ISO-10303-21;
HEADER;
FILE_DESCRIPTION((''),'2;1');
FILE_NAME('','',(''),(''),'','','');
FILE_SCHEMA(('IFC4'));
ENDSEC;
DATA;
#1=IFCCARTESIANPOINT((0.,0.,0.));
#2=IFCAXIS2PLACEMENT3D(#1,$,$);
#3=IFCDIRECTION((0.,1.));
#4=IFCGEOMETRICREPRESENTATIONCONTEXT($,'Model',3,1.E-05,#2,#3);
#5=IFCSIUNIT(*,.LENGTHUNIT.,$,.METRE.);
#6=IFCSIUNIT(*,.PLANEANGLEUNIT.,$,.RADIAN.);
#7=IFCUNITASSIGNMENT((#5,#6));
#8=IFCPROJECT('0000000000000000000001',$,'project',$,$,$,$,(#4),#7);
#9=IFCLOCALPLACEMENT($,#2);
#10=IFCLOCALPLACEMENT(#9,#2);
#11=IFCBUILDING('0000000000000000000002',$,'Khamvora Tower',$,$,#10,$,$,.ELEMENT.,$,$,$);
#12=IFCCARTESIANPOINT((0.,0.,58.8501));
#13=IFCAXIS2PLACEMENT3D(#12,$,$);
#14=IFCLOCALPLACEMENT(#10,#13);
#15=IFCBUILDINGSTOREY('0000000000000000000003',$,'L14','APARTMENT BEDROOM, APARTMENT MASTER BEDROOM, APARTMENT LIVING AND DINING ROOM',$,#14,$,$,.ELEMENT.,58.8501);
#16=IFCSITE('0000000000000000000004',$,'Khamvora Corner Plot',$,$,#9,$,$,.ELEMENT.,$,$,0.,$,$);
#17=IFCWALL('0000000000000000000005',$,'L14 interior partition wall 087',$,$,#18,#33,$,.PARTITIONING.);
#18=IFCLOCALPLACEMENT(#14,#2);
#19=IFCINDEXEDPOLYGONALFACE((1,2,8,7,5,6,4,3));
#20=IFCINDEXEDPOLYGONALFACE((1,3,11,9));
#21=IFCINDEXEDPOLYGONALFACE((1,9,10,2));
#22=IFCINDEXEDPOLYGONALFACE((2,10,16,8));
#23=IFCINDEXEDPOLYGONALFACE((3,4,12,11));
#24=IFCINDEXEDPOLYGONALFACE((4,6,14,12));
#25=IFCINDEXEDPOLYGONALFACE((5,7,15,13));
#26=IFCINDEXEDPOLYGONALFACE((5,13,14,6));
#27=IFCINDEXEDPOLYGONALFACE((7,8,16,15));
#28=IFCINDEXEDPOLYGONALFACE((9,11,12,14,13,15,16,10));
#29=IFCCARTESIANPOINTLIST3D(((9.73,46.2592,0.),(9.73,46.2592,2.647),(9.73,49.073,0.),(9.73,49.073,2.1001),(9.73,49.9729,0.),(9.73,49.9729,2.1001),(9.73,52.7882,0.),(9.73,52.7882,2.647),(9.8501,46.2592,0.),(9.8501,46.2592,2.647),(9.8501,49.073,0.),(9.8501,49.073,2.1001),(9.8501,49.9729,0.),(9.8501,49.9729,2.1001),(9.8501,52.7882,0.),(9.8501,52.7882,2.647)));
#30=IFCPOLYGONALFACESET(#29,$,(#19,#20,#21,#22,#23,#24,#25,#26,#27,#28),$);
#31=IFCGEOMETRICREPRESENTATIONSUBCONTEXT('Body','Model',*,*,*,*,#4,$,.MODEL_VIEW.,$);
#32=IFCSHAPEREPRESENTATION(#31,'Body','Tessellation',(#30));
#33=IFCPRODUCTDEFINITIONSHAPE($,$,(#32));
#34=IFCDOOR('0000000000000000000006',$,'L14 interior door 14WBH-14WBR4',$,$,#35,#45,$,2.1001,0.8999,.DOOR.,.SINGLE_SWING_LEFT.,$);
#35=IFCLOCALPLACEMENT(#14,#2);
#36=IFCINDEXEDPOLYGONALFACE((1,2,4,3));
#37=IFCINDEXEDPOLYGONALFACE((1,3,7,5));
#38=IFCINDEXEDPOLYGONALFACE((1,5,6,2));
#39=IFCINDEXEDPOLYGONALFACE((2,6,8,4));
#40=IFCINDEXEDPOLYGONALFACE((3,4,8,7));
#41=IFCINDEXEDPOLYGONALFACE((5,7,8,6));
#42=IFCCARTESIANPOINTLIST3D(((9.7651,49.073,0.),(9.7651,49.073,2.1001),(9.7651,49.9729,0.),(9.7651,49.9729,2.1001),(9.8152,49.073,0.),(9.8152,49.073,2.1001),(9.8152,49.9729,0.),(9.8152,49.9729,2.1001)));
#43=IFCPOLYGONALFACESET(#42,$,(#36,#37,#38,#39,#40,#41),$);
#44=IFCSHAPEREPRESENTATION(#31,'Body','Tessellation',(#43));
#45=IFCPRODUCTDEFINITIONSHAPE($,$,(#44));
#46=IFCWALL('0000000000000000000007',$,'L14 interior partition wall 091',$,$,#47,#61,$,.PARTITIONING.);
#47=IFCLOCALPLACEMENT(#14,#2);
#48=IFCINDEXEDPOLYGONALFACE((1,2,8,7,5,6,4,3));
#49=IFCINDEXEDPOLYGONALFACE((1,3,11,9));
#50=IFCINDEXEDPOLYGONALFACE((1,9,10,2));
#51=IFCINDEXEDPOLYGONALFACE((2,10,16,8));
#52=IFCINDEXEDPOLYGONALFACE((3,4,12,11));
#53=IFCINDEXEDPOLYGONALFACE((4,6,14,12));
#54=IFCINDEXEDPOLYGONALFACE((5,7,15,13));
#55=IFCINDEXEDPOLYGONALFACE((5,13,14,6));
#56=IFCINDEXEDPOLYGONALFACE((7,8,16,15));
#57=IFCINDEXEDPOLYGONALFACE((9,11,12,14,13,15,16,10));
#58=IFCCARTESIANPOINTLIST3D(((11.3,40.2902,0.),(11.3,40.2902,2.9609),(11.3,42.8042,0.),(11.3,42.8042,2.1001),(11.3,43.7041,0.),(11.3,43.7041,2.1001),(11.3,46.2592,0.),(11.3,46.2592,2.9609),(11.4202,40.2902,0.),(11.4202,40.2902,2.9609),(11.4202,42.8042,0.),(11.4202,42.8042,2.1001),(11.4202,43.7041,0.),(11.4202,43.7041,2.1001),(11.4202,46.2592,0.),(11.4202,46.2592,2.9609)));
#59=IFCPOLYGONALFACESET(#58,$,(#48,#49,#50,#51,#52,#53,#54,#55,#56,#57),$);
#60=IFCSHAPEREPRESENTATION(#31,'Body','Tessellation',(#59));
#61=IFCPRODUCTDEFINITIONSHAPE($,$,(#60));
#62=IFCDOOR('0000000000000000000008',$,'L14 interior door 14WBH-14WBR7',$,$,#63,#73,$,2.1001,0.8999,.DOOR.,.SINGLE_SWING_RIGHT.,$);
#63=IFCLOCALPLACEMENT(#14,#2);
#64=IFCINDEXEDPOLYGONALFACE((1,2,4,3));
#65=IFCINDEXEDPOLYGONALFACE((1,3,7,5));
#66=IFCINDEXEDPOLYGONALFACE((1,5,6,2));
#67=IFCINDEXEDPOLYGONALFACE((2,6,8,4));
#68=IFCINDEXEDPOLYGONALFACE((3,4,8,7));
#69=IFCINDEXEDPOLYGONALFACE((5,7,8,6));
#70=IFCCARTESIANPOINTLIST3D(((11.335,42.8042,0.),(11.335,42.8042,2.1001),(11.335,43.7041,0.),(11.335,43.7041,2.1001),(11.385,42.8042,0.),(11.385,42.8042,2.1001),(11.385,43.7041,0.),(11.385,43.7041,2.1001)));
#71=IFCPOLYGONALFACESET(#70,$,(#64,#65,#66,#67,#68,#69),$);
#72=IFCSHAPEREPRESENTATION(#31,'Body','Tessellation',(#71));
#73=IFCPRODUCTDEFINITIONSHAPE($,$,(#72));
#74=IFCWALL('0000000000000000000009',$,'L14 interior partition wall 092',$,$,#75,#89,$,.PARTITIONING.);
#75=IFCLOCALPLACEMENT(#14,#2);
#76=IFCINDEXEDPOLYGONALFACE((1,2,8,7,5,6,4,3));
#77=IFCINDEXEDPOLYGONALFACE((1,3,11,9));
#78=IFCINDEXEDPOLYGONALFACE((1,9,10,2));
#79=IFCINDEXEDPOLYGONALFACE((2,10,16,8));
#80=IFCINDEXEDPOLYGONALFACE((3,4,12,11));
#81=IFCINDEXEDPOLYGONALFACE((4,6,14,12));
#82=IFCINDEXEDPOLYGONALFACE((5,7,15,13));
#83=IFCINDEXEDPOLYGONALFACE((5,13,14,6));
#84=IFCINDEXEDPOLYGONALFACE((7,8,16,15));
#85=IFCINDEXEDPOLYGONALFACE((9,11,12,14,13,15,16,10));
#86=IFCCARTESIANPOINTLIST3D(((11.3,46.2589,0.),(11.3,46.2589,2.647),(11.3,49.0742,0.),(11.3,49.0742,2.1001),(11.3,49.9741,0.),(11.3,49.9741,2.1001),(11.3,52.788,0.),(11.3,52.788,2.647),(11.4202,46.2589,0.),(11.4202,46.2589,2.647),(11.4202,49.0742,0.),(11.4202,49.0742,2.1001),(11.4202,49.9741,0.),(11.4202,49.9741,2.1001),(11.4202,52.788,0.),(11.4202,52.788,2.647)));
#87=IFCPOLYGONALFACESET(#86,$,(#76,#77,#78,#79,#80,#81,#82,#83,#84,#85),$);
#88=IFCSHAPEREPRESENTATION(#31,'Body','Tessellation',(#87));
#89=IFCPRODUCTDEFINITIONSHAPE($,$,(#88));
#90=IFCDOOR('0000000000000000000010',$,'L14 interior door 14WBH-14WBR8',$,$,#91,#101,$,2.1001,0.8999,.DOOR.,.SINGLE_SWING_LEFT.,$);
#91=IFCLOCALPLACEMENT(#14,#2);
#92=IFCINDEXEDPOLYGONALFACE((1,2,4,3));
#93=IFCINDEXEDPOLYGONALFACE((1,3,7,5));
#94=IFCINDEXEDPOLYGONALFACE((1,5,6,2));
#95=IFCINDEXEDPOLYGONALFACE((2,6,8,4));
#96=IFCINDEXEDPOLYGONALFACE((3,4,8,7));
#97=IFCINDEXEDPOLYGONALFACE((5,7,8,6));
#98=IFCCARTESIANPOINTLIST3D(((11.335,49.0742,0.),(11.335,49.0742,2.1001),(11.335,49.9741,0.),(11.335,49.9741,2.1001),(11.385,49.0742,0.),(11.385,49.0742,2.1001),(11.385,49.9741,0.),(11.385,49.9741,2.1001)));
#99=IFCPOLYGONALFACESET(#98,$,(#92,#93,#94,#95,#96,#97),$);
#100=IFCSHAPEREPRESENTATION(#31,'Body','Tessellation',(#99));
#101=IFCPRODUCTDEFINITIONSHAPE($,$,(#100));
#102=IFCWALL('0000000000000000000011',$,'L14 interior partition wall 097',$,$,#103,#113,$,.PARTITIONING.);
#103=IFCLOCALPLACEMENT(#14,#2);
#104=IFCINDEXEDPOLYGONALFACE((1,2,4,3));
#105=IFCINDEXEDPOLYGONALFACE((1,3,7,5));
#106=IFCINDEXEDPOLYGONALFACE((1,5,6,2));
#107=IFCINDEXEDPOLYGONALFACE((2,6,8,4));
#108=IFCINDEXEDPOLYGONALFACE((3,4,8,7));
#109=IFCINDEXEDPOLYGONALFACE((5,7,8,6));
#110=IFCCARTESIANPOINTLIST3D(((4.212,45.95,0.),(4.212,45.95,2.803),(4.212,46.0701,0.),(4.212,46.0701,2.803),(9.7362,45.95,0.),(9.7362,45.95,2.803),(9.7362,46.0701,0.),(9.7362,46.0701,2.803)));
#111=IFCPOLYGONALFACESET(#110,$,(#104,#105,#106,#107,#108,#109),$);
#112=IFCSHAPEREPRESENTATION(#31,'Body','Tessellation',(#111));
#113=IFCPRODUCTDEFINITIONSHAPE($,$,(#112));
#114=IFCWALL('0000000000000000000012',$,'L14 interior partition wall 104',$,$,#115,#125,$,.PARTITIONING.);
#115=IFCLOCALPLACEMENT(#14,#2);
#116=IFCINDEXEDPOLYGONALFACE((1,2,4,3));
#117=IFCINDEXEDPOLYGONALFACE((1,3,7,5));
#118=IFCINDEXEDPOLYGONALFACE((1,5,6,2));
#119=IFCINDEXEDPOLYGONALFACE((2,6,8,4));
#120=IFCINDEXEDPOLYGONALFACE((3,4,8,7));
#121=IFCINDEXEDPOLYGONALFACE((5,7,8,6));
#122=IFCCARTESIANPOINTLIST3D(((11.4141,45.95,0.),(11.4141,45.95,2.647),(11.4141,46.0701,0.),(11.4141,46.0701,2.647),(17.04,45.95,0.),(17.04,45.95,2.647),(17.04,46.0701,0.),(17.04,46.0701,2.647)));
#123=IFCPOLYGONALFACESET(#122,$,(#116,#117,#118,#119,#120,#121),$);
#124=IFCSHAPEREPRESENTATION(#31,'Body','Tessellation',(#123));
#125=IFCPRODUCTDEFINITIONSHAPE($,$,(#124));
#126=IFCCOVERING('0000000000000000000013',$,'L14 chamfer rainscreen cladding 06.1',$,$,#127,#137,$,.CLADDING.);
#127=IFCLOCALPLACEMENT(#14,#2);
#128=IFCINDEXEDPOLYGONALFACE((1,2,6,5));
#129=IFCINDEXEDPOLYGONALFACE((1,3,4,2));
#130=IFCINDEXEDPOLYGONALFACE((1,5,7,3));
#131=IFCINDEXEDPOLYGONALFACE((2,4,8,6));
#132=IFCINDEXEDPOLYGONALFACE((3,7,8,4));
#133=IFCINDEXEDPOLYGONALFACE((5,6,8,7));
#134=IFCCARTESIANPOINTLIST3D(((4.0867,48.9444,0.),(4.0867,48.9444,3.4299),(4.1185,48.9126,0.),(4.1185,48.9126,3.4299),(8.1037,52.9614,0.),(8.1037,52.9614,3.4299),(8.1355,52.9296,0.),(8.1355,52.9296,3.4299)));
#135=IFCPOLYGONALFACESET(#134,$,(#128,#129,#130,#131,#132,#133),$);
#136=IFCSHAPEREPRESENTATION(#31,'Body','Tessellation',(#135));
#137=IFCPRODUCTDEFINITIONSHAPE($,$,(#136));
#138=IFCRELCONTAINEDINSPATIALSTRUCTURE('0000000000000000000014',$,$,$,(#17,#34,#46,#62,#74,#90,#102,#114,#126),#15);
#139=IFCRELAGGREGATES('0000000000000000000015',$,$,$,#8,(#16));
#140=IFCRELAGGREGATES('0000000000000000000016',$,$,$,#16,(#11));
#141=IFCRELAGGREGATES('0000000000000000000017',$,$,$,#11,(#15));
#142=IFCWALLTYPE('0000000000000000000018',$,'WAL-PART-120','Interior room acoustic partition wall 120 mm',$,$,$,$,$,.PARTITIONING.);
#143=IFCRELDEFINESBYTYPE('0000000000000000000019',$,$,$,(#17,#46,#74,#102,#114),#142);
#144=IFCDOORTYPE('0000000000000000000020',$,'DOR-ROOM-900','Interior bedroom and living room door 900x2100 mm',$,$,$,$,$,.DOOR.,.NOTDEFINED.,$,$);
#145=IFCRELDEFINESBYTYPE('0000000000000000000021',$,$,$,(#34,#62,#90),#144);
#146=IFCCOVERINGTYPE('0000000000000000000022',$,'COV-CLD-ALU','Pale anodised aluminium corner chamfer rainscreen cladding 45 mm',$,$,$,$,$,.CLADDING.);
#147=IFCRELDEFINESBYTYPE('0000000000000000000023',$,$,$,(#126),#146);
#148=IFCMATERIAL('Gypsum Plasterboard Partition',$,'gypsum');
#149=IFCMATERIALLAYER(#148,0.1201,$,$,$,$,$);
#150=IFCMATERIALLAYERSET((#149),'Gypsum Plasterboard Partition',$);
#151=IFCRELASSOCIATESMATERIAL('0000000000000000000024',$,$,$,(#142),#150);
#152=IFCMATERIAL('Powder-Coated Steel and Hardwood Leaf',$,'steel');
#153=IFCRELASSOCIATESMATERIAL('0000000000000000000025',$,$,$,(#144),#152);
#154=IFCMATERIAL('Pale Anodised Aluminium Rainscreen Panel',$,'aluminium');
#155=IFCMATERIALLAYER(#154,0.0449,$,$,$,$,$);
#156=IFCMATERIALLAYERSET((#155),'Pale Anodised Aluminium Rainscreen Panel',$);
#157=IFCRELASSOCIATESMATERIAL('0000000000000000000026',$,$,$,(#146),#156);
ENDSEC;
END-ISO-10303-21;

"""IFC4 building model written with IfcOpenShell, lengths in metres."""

from ifc_helpers import new_model, si_unit, direction, frame, frame_2d, origin, origin_2d, place, context, subcontext, project, spatial, rectangle, extrude, material, layer, layer_set, type_object, element, fill, save


model = new_model("IFC4")

# Units and contexts
model_context = context("Model", 3, precision=1e-05, world=origin(), true_north=direction((0.0, 1.0)))
body_context = subcontext(model_context, "Body", "Model", "MODEL_VIEW")
ifc_project = project(units=[si_unit("LENGTHUNIT", "METRE"), si_unit("PLANEANGLEUNIT", "RADIAN")], contexts=[model_context])

# Site, building, storey
site_placement = place(None, origin())
site = spatial("IfcSite", under=ifc_project, at=site_placement, Name="Khamvora Corner Plot", CompositionType="ELEMENT", RefElevation=0.0)
building_placement = place(site_placement, origin())
building = spatial("IfcBuilding", under=site, at=building_placement, Name="Khamvora Tower", CompositionType="ELEMENT")
storey_placement = place(building_placement, frame((0.0, 0.0, 58.8501)))
storey = spatial("IfcBuildingStorey", under=building, at=storey_placement, Name="L14", Description="APARTMENT BEDROOM, APARTMENT MASTER BEDROOM, APARTMENT LIVING AND DINING ROOM", CompositionType="ELEMENT", Elevation=58.8501)

# Walls, openings, doors
ifc_material_1 = material(Name="Gypsum Plasterboard Partition", Category="gypsum")
ifc_layer_1 = layer(ifc_material_1, 0.1201)
ifc_layer_set_1 = layer_set([ifc_layer_1], Name="Gypsum Plasterboard Partition")
wall_type_1 = type_object("IfcWallType", Name="WAL-PART-120", Description="Interior room acoustic partition wall 120 mm", PredefinedType="PARTITIONING", material=ifc_layer_set_1)
wall_1_placement = place(storey_placement, frame((9.79, 46.259, 0.0), z_axis=(0.0, 0.0, 1.0), x_axis=(0.0, 1.0, 0.0)))
wall_1 = element("IfcWall", 1, at=wall_1_placement, inside=storey, type_object=wall_type_1, Name="L14 interior partition wall 087", PredefinedType="PARTITIONING", context=body_context, shape_type="SweptSolid", body=[
    extrude(rectangle(XDim=6.5291, YDim=0.1201, at=frame_2d((3.2646, 0.0))), origin(), (0.0, 0.0, 1.0), 2.647),
])
opening_1_placement = place(wall_1_placement, frame((2.814, 0.0, 0.0)))
opening_1 = element("IfcOpeningElement", 2, at=opening_1_placement, cuts=wall_1, PredefinedType="OPENING", context=body_context, shape_type="SweptSolid", body=[
    extrude(rectangle(XDim=0.8999, YDim=2.1001, at=frame_2d((0.45, 1.05))), frame((0.0, 0.0701, 0.0), z_axis=(0.0, -1.0, 0.0), x_axis=(1.0, 0.0, 0.0)), (0.0, 0.0, 1.0), 0.1401),
])
ifc_material_2 = material(Name="Powder-Coated Steel and Hardwood Leaf", Category="steel")
door_type = type_object("IfcDoorType", Name="DOR-ROOM-900", Description="Interior bedroom and living room door 900x2100 mm", OperationType="NOTDEFINED", PredefinedType="DOOR", material=ifc_material_2)
door_1_placement = place(opening_1_placement, origin())
door_1 = element("IfcDoor", 3, at=door_1_placement, inside=storey, type_object=door_type, Name="L14 interior door 14WBH-14WBR4", OperationType="SINGLE_SWING_LEFT", OverallHeight=2.1001, OverallWidth=0.8999, PredefinedType="DOOR", context=body_context, shape_type="SweptSolid", body=[
    extrude(rectangle(XDim=0.8999, YDim=2.1001, at=frame_2d((0.45, 1.05))), frame((0.0, 0.0249, 0.0), z_axis=(0.0, -1.0, 0.0), x_axis=(1.0, 0.0, 0.0)), (0.0, 0.0, 1.0), 0.05),
])
fill(opening_1, door_1)
wall_2_placement = place(storey_placement, frame((11.3601, 46.259, 0.0), z_axis=(0.0, 0.0, 1.0), x_axis=(0.0, -1.0, 0.0)))
wall_2 = element("IfcWall", 4, at=wall_2_placement, inside=storey, type_object=wall_type_1, Name="L14 interior partition wall 091", PredefinedType="PARTITIONING", context=body_context, shape_type="SweptSolid", body=[
    extrude(rectangle(XDim=5.969, YDim=0.1201, at=frame_2d((2.9844, 0.0))), origin(), (0.0, 0.0, 1.0), 2.9609),
])
opening_2_placement = place(wall_2_placement, frame((2.5549, 0.0, 0.0)))
opening_2 = element("IfcOpeningElement", 5, at=opening_2_placement, cuts=wall_2, PredefinedType="OPENING", context=body_context, shape_type="SweptSolid", body=[
    extrude(rectangle(XDim=0.8999, YDim=2.1001, at=frame_2d((0.45, 1.05))), frame((0.0, 0.0701, 0.0), z_axis=(0.0, -1.0, 0.0), x_axis=(1.0, 0.0, 0.0)), (0.0, 0.0, 1.0), 0.1401),
])
door_2_placement = place(opening_2_placement, origin())
door_2 = element("IfcDoor", 6, at=door_2_placement, inside=storey, type_object=door_type, Name="L14 interior door 14WBH-14WBR7", OperationType="SINGLE_SWING_RIGHT", OverallHeight=2.1001, OverallWidth=0.8999, PredefinedType="DOOR", context=body_context, shape_type="SweptSolid", body=[
    extrude(rectangle(XDim=0.8999, YDim=2.1001, at=frame_2d((0.45, 1.05))), frame((0.0, 0.0249, 0.0), z_axis=(0.0, -1.0, 0.0), x_axis=(1.0, 0.0, 0.0)), (0.0, 0.0, 1.0), 0.05),
])
fill(opening_2, door_2)
wall_3_placement = place(storey_placement, frame((11.3601, 52.7881, 0.0), z_axis=(0.0, 0.0, 1.0), x_axis=(0.0, -1.0, 0.0)))
wall_3 = element("IfcWall", 7, at=wall_3_placement, inside=storey, type_object=wall_type_1, Name="L14 interior partition wall 092", PredefinedType="PARTITIONING", context=body_context, shape_type="SweptSolid", body=[
    extrude(rectangle(XDim=6.5291, YDim=0.1201, at=frame_2d((3.2646, 0.0))), origin(), (0.0, 0.0, 1.0), 2.647),
])
opening_3_placement = place(wall_3_placement, frame((2.814, 0.0, 0.0)))
opening_3 = element("IfcOpeningElement", 8, at=opening_3_placement, cuts=wall_3, PredefinedType="OPENING", context=body_context, shape_type="SweptSolid", body=[
    extrude(rectangle(XDim=0.8999, YDim=2.1001, at=frame_2d((0.45, 1.05))), frame((0.0, 0.0701, 0.0), z_axis=(0.0, -1.0, 0.0), x_axis=(1.0, 0.0, 0.0)), (0.0, 0.0, 1.0), 0.1401),
])
door_3_placement = place(opening_3_placement, origin())
door_3 = element("IfcDoor", 9, at=door_3_placement, inside=storey, type_object=door_type, Name="L14 interior door 14WBH-14WBR8", OperationType="SINGLE_SWING_LEFT", OverallHeight=2.1001, OverallWidth=0.8999, PredefinedType="DOOR", context=body_context, shape_type="SweptSolid", body=[
    extrude(rectangle(XDim=0.8999, YDim=2.1001, at=frame_2d((0.45, 1.05))), frame((0.0, 0.0249, 0.0), z_axis=(0.0, -1.0, 0.0), x_axis=(1.0, 0.0, 0.0)), (0.0, 0.0, 1.0), 0.05),
])
fill(opening_3, door_3)

# Walls
wall_4_placement = place(storey_placement, frame((4.2119, 46.01, 0.0), z_axis=(0.0, 0.0, 1.0), x_axis=(1.0, 0.0, 0.0)))
element("IfcWall", 10, at=wall_4_placement, inside=storey, type_object=wall_type_1, Name="L14 interior partition wall 097", PredefinedType="PARTITIONING", context=body_context, shape_type="SweptSolid", body=[
    extrude(rectangle(XDim=5.5242, YDim=0.1201, at=frame_2d((2.7622, 0.0))), origin(), (0.0, 0.0, 1.0), 2.803),
])
wall_5_placement = place(storey_placement, frame((11.4141, 46.01, 0.0), z_axis=(0.0, 0.0, 1.0), x_axis=(1.0, 0.0, 0.0)))
element("IfcWall", 11, at=wall_5_placement, inside=storey, type_object=wall_type_1, Name="L14 interior partition wall 104", PredefinedType="PARTITIONING", context=body_context, shape_type="SweptSolid", body=[
    extrude(rectangle(XDim=5.626, YDim=0.1201, at=frame_2d((2.813, 0.0))), origin(), (0.0, 0.0, 1.0), 2.647),
])

# Covering
ifc_material_3 = material(Name="Pale Anodised Aluminium Rainscreen Panel", Category="aluminium")
ifc_layer_2 = layer(ifc_material_3, 0.0449)
ifc_layer_set_2 = layer_set([ifc_layer_2], Name="Pale Anodised Aluminium Rainscreen Panel")
covering_type = type_object("IfcCoveringType", Name="COV-CLD-ALU", Description="Pale anodised aluminium corner chamfer rainscreen cladding 45 mm", PredefinedType="CLADDING", material=ifc_layer_set_2)
covering_placement = place(storey_placement, frame((6.1111, 50.937, 0.0), z_axis=(0.0, 0.0, 1.0), x_axis=(0.707107, 0.707107, 0.0)))
element("IfcCovering", 12, at=covering_placement, inside=storey, type_object=covering_type, Name="L14 chamfer rainscreen cladding 06.1", PredefinedType="CLADDING", context=body_context, shape_type="SweptSolid", body=[
    extrude(rectangle(XDim=5.6809, YDim=0.0449, at=origin_2d()), origin(), (0.0, 0.0, 1.0), 3.4299),
])

save(model, "model.ifc")
